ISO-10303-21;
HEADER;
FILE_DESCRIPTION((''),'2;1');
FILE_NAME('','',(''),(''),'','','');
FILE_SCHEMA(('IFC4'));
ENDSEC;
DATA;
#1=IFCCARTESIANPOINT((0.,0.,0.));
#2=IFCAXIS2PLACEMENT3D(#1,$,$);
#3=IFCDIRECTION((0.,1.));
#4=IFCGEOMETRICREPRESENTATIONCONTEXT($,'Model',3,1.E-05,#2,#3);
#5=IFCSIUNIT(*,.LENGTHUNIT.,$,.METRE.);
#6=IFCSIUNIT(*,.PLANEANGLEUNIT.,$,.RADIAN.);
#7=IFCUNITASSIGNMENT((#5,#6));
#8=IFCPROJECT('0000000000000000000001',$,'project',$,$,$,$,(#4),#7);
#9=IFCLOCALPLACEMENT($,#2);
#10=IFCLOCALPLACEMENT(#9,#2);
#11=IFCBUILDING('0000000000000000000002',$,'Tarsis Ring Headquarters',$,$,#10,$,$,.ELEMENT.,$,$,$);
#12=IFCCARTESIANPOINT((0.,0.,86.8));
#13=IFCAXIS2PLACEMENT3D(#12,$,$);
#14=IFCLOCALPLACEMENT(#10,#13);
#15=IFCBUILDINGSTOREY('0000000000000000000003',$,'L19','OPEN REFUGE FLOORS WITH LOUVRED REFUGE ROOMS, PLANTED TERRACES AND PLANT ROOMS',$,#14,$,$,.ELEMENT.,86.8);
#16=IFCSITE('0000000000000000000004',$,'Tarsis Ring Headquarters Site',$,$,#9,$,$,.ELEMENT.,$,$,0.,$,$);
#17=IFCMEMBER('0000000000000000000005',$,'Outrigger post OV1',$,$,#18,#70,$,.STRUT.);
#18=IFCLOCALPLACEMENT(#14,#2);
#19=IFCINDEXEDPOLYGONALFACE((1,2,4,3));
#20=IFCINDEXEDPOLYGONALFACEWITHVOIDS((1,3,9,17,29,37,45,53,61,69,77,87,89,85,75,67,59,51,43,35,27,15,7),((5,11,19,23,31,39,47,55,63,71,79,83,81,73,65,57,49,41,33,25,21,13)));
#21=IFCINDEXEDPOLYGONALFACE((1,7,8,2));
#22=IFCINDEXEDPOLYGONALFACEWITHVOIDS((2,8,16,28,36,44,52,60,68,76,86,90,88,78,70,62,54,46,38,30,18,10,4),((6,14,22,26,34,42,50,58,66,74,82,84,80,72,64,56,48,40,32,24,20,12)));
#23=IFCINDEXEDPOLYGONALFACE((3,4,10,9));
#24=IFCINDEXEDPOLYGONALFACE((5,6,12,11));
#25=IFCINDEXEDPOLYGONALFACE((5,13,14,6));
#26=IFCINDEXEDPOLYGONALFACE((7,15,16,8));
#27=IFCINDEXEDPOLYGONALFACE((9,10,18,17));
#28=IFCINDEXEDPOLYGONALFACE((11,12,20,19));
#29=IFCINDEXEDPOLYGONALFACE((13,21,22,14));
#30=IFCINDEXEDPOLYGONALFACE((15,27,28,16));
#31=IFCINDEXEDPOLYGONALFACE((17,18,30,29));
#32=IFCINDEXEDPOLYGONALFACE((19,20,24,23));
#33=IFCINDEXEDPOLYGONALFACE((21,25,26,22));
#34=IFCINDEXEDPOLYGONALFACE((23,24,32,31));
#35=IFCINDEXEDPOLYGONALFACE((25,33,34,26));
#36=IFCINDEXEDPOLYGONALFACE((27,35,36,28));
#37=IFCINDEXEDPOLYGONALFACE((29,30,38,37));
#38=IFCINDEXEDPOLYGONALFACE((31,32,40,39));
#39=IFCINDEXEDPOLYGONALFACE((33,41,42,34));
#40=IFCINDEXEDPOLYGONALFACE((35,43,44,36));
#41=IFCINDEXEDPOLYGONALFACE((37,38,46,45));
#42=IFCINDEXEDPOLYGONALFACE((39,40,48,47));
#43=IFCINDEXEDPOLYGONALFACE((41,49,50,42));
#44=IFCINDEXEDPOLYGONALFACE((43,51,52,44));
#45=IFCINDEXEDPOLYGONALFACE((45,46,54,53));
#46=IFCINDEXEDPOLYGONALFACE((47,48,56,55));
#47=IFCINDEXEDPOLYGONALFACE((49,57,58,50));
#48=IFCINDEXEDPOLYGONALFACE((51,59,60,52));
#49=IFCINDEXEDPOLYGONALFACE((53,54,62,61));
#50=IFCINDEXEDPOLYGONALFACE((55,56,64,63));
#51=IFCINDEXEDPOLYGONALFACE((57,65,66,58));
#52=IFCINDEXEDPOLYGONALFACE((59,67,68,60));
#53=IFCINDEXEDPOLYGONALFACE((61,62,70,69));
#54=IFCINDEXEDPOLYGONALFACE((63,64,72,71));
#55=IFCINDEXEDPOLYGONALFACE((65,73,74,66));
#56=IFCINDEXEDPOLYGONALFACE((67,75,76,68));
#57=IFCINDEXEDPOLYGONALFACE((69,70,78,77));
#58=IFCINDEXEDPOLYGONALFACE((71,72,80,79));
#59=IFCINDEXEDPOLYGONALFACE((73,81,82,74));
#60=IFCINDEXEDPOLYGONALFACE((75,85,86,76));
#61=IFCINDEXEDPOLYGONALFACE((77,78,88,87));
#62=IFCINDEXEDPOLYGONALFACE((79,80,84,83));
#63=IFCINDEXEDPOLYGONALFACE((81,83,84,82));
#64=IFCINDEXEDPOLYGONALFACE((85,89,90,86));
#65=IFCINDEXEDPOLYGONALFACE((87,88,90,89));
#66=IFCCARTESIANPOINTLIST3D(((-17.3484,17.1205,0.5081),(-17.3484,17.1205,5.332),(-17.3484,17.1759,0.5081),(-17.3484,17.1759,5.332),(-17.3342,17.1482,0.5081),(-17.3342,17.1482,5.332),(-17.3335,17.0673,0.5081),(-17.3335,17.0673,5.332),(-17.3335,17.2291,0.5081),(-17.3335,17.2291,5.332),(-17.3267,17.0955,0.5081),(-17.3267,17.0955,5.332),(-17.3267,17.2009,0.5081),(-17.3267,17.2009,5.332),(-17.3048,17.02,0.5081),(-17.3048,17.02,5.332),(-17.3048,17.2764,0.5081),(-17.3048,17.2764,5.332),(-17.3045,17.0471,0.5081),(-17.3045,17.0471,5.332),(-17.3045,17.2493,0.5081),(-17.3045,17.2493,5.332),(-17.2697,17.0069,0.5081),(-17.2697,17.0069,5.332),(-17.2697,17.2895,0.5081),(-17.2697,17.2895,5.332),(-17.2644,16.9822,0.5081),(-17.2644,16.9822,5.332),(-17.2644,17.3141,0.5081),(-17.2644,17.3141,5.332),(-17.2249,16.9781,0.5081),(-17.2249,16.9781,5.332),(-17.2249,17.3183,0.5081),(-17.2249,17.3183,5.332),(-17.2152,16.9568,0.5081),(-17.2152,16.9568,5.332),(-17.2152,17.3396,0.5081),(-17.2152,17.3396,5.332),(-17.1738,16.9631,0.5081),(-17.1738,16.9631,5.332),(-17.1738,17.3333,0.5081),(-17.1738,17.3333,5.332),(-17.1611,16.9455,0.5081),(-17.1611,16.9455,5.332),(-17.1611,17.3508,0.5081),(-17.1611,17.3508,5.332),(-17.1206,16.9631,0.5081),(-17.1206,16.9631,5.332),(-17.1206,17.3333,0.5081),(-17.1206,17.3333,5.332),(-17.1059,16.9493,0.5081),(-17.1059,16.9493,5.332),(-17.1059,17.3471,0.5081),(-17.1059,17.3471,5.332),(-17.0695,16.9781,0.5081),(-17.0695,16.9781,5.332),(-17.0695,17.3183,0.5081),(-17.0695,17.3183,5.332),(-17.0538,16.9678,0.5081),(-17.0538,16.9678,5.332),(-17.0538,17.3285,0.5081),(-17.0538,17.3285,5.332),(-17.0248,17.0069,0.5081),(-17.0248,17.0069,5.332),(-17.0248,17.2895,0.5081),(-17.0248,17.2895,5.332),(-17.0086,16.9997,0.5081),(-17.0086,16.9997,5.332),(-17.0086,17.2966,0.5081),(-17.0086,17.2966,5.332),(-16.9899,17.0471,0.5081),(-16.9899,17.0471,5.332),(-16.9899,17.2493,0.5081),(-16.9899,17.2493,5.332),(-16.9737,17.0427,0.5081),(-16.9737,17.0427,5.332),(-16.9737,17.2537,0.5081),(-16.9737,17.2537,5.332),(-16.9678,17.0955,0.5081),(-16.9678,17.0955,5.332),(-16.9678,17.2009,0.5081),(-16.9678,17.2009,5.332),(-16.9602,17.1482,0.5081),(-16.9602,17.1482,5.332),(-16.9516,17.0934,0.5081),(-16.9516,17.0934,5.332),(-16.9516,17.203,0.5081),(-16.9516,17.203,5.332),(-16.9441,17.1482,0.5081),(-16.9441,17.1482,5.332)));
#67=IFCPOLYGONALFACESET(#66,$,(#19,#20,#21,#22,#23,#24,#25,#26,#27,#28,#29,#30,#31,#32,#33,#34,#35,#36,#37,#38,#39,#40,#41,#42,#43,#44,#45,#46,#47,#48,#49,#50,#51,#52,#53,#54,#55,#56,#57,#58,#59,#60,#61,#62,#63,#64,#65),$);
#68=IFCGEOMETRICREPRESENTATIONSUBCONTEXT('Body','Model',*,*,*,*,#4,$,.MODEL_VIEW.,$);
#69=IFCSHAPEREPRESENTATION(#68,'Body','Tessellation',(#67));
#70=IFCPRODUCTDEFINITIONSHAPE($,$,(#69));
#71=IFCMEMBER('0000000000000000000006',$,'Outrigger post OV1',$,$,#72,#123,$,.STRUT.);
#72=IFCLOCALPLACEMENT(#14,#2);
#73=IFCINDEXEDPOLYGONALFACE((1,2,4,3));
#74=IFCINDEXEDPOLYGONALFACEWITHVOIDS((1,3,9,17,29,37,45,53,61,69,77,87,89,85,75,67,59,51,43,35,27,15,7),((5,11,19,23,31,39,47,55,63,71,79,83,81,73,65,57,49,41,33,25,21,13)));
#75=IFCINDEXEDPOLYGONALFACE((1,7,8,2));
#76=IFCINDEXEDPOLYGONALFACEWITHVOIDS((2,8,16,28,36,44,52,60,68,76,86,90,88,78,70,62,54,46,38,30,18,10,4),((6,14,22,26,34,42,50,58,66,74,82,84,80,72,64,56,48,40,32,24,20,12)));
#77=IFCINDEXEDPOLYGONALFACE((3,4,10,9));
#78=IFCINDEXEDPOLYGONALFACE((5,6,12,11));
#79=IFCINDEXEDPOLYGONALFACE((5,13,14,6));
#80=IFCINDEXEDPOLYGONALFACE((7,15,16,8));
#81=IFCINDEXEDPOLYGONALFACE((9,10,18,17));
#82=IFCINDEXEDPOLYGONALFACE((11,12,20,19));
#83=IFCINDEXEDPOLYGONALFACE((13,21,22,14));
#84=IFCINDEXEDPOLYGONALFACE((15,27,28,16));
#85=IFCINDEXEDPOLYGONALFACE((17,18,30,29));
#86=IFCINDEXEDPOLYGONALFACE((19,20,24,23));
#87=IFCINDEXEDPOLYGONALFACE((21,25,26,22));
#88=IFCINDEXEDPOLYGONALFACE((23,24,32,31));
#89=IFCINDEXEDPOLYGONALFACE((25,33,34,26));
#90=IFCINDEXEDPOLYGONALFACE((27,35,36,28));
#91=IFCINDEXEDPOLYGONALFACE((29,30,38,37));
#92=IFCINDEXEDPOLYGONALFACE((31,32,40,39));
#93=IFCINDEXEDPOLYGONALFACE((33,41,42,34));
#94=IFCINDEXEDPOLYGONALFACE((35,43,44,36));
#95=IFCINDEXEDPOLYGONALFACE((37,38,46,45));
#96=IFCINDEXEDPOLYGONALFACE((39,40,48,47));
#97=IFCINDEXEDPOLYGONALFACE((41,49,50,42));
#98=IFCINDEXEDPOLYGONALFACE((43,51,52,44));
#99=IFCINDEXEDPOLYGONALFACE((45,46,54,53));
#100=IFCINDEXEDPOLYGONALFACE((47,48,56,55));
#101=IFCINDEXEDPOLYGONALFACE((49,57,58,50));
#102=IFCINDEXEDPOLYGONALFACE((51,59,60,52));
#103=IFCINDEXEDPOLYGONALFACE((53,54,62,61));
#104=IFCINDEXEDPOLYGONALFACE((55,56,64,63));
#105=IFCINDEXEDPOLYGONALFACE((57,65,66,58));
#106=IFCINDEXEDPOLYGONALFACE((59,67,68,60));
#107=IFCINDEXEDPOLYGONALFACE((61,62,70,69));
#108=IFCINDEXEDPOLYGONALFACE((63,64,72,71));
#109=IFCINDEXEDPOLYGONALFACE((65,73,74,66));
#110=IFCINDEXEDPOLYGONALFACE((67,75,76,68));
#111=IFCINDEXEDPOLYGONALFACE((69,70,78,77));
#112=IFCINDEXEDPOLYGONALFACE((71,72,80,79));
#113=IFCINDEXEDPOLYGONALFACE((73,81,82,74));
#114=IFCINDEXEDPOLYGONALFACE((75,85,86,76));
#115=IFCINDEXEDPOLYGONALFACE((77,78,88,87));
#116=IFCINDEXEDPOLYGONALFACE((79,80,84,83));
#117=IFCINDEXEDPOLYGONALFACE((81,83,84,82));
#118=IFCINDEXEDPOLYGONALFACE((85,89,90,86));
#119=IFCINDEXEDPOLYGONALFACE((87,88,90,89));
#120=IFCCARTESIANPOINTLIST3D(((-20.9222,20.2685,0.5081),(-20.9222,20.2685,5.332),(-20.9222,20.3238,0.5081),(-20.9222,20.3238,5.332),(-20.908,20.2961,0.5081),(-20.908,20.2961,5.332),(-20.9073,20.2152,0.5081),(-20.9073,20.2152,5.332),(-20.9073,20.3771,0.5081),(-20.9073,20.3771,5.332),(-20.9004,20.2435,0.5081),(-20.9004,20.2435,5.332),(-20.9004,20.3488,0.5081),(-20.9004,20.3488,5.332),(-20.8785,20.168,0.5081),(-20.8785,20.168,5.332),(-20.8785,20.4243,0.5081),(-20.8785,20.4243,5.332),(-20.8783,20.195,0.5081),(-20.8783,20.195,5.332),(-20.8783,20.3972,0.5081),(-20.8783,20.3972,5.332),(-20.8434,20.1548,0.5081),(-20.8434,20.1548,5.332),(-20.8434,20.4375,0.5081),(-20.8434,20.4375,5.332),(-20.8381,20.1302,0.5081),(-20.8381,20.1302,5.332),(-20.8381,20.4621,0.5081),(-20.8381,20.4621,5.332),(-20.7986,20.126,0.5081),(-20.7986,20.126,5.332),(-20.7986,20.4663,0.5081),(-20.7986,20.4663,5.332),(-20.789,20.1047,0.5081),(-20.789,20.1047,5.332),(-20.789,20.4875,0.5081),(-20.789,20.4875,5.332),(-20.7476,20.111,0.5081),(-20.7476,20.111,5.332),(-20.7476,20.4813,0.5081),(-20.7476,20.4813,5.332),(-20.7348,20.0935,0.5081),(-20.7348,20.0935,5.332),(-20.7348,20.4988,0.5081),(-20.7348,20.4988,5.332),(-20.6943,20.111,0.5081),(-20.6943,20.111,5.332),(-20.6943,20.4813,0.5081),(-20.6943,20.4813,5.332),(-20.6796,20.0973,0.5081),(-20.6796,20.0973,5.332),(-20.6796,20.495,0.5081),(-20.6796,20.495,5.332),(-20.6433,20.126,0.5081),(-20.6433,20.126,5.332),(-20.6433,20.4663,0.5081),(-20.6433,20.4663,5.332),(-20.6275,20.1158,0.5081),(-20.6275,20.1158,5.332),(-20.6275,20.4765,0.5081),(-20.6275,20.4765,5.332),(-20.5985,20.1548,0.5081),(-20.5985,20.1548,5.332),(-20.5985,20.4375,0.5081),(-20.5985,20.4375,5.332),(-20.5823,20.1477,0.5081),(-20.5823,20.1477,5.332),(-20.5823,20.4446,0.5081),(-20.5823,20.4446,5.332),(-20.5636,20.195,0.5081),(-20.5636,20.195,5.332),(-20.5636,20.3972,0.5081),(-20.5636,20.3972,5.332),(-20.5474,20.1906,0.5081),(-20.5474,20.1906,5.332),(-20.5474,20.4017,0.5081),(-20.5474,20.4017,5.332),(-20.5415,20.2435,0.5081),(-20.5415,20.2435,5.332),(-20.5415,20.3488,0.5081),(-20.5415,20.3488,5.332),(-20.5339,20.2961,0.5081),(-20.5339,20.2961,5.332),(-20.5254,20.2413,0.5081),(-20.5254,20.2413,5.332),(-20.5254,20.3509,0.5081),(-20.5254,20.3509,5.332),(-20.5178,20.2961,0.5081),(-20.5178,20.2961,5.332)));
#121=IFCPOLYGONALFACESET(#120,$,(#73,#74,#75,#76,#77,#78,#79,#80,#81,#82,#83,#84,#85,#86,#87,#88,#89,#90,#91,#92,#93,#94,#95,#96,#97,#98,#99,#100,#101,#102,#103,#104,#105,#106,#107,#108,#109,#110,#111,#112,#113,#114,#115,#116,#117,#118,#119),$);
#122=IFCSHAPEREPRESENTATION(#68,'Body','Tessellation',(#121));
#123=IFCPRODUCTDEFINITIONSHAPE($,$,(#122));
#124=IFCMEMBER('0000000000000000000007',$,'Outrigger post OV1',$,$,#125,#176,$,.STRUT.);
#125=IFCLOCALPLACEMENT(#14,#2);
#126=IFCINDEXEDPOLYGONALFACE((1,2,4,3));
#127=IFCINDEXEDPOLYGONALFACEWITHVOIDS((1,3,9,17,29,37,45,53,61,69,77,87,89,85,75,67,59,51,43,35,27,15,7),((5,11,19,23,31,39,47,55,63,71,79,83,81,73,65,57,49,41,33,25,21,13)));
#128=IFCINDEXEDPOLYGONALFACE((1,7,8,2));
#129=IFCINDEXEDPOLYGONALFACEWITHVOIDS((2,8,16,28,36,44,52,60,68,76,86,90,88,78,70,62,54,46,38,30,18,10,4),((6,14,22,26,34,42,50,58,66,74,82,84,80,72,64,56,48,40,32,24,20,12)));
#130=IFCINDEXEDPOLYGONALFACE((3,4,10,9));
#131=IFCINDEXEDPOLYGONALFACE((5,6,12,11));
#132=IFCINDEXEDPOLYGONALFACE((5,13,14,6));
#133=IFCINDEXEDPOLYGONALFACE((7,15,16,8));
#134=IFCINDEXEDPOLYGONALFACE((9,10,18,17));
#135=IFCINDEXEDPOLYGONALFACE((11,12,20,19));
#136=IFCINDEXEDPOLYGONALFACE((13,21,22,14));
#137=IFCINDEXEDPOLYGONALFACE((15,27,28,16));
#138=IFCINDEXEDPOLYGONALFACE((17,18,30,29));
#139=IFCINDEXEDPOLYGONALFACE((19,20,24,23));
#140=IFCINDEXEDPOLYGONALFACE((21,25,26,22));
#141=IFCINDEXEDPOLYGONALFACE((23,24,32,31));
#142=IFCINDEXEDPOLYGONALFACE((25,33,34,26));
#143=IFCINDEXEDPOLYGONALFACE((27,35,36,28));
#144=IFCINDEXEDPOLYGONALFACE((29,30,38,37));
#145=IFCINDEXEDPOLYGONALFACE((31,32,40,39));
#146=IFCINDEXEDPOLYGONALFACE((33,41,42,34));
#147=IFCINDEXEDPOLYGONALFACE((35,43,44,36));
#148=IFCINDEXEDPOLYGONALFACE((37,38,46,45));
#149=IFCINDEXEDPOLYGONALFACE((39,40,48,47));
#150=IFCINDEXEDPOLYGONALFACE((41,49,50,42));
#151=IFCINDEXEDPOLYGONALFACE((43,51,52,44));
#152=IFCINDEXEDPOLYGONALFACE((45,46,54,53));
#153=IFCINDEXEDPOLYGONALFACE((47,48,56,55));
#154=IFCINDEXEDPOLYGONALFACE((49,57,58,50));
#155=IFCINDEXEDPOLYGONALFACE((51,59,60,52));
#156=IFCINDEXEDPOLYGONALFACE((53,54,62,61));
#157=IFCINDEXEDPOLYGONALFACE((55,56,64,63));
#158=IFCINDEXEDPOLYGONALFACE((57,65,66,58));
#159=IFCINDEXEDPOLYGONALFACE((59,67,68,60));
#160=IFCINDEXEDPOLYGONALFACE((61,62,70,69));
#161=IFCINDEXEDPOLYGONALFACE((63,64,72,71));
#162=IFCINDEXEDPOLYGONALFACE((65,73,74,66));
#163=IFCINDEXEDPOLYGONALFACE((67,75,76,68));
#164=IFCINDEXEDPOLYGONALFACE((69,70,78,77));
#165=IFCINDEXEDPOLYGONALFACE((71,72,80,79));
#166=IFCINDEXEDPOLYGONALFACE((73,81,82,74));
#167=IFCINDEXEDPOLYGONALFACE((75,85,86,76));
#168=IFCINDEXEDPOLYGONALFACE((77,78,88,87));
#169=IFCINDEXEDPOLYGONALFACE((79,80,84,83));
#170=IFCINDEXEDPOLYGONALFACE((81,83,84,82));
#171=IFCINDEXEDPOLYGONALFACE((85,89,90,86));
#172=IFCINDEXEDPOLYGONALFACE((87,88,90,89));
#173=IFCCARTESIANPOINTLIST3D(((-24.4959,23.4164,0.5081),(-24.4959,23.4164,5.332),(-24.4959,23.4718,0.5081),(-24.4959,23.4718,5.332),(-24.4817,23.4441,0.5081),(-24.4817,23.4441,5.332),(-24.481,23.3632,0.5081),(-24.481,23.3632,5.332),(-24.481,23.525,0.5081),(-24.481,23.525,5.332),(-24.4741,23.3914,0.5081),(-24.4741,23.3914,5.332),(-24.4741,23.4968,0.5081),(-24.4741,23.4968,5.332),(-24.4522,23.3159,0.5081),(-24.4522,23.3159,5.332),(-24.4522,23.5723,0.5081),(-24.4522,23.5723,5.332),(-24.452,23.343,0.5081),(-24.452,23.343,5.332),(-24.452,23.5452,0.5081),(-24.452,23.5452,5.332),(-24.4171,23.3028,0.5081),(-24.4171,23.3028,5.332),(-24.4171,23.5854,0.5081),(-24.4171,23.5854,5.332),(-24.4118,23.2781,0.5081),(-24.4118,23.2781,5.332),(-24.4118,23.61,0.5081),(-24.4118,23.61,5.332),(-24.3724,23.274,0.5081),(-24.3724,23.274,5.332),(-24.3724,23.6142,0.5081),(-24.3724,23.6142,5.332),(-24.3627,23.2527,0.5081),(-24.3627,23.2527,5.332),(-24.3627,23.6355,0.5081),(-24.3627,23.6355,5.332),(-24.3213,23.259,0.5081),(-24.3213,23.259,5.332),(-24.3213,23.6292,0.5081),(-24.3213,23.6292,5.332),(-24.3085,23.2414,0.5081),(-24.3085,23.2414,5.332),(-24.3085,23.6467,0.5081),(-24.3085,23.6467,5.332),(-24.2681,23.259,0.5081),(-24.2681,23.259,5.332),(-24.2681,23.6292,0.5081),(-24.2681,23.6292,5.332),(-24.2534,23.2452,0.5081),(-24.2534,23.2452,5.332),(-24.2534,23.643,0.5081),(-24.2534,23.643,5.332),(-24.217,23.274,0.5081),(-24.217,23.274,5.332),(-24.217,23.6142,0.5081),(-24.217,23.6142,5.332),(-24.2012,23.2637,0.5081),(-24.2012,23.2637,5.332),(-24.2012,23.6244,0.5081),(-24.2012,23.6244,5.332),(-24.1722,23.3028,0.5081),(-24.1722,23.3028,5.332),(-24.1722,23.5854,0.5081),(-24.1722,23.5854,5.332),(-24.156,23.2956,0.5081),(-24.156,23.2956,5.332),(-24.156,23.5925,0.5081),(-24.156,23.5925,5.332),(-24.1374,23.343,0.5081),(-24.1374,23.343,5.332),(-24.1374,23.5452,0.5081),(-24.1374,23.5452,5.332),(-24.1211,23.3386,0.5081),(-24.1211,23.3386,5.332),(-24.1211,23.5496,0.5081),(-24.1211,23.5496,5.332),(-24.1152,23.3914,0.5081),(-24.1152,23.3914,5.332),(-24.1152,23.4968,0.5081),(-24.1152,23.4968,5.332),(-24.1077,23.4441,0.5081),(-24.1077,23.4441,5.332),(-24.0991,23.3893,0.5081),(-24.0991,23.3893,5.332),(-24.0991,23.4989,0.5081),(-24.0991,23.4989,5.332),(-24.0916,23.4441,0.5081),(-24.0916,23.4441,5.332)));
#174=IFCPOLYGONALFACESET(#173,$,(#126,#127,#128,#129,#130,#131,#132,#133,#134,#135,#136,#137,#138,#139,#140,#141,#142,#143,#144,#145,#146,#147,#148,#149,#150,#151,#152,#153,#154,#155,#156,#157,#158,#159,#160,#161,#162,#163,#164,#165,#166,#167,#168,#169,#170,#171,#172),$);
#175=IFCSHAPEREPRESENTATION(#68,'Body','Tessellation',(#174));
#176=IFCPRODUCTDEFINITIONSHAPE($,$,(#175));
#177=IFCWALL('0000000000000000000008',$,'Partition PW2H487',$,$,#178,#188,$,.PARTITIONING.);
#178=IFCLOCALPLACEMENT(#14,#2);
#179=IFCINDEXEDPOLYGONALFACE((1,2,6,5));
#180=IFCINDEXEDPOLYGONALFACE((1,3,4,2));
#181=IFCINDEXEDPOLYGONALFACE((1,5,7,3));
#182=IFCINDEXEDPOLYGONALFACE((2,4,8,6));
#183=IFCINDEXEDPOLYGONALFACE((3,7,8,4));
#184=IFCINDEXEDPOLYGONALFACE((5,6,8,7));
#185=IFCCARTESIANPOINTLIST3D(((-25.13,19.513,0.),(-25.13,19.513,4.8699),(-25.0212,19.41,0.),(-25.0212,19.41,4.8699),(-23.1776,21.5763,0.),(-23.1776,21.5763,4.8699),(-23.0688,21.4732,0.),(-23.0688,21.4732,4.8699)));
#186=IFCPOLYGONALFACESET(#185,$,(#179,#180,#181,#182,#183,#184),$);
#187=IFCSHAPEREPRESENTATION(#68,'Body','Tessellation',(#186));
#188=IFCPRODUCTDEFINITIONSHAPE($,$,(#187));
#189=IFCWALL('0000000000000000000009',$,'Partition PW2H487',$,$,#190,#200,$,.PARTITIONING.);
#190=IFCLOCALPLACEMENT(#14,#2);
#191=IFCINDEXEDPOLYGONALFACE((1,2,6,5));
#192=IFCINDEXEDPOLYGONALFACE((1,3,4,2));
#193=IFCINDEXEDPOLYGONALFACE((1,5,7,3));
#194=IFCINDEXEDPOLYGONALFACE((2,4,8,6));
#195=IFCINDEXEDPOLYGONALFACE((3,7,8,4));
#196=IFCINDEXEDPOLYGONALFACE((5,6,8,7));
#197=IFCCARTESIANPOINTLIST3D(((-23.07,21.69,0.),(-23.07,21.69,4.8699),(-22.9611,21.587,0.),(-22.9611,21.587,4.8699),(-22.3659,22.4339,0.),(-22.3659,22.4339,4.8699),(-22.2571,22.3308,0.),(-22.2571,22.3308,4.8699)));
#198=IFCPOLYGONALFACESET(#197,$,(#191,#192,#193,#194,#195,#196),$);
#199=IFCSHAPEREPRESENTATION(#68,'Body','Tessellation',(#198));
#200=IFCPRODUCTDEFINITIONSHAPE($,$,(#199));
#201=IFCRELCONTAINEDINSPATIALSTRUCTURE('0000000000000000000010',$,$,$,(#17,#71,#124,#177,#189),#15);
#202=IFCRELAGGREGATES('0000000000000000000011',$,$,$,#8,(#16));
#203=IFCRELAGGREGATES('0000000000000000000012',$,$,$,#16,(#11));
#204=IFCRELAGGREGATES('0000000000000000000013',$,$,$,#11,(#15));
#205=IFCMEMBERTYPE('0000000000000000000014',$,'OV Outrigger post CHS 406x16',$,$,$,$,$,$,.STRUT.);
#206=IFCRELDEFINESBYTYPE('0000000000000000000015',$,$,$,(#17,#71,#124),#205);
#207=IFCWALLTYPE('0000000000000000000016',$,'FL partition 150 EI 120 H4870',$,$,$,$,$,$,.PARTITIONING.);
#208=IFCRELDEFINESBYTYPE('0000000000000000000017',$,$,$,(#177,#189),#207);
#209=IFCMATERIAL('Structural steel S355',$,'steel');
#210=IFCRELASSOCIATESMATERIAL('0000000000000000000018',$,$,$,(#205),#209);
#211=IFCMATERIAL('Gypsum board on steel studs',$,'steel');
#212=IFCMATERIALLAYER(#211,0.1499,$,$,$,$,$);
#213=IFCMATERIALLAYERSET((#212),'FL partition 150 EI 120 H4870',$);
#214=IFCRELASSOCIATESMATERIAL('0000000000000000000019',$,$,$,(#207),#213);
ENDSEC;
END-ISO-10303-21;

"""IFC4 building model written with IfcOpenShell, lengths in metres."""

from ifc_helpers import new_model, si_unit, direction, frame, frame_2d, origin, origin_2d, place, context, subcontext, project, spatial, rectangle, hollow_circle, extrude, material, layer, layer_set, material_profile, profile_set, type_object, element, save


model = new_model("IFC4")

# Units and contexts
model_context = context("Model", 3, precision=1e-05, world=origin(), true_north=direction((0.0, 1.0)))
body_context = subcontext(model_context, "Body", "Model", "MODEL_VIEW")
ifc_project = project(units=[si_unit("LENGTHUNIT", "METRE"), si_unit("PLANEANGLEUNIT", "RADIAN")], contexts=[model_context])

# Site, building, storey
site_placement = place(None, origin())
site = spatial("IfcSite", under=ifc_project, at=site_placement, Name="Tarsis Ring Headquarters Site", CompositionType="ELEMENT", RefElevation=0.0)
building_placement = place(site_placement, origin())
building = spatial("IfcBuilding", under=site, at=building_placement, Name="Tarsis Ring Headquarters", CompositionType="ELEMENT")
storey_placement = place(building_placement, frame((0.0, 0.0, 86.8)))
storey = spatial("IfcBuildingStorey", under=building, at=storey_placement, Name="L19", Description="OPEN REFUGE FLOORS WITH LOUVRED REFUGE ROOMS, PLANTED TERRACES AND PLANT ROOMS", CompositionType="ELEMENT", Elevation=86.8)

# Members
ifc_material_1 = material(Name="Structural steel S355", Category="steel")
ifc_material_profile_1 = material_profile(ifc_material_1, hollow_circle(Radius=0.2031, WallThickness=0.0161, at=origin_2d()), Name="CHS 406x16")
ifc_profile_set_1 = profile_set([ifc_material_profile_1], Name="Structural steel S355")
member_type_1 = type_object("IfcMemberType", Name="OV Outrigger post CHS 406x16", PredefinedType="STRUT", material=ifc_profile_set_1)
for number, where, z_axis, x_axis, name in (
    (1, (-17.1472, 17.1482, 0.5081), (0.0, 0.0, 1.0), (1.0, 0.0, 0.0), "Outrigger post OV1"),
    (2, (-20.7209, 20.2961, 0.5081), (0.0, 0.0, 1.0), (1.0, 0.0, 0.0), "Outrigger post OV1"),
    (3, (-24.2947, 23.4441, 0.5081), (0.0, 0.0, 1.0), (1.0, 0.0, 0.0), "Outrigger post OV1"),
):
    element("IfcMember", number, at=place(storey_placement, frame(where, z_axis=z_axis, x_axis=x_axis)), inside=storey, type_object=member_type_1, Name=name, PredefinedType="STRUT", context=body_context, shape_type="SweptSolid", body=[
        extrude(hollow_circle(Radius=0.2031, WallThickness=0.0161, at=origin_2d()), origin(), (0.0, 0.0, 1.0), 4.824),
    ])

# Walls
ifc_material_2 = material(Name="Gypsum board on steel studs", Category="steel")
ifc_layer_1 = layer(ifc_material_2, 0.1499)
ifc_layer_set_1 = layer_set([ifc_layer_1], Name="FL partition 150 EI 120 H4870")
wall_type_1 = type_object("IfcWallType", Name="FL partition 150 EI 120 H4870", PredefinedType="PARTITIONING", material=ifc_layer_set_1)
wall_1_placement = place(storey_placement, frame((-25.0757, 19.4614, 0.0), z_axis=(0.0, 0.0, 1.0), x_axis=(0.687327, 0.726348, 0.0)))
element("IfcWall", 4, at=wall_1_placement, inside=storey, type_object=wall_type_1, Name="Partition PW2H487", PredefinedType="PARTITIONING", context=body_context, shape_type="SweptSolid", body=[
    extrude(rectangle(XDim=2.8406, YDim=0.1499, at=frame_2d((1.4204, 0.0))), origin(), (0.0, 0.0, 1.0), 4.8699),
])
wall_2_placement = place(storey_placement, frame((-23.0156, 21.6384, 0.0), z_axis=(0.0, 0.0, 1.0), x_axis=(0.687414, 0.726266, 0.0)))
element("IfcWall", 5, at=wall_2_placement, inside=storey, type_object=wall_type_1, Name="Partition PW2H487", PredefinedType="PARTITIONING", context=body_context, shape_type="SweptSolid", body=[
    extrude(rectangle(XDim=1.0242, YDim=0.1499, at=frame_2d((0.5122, 0.0))), origin(), (0.0, 0.0, 1.0), 4.8699),
])

save(model, "model.ifc")
